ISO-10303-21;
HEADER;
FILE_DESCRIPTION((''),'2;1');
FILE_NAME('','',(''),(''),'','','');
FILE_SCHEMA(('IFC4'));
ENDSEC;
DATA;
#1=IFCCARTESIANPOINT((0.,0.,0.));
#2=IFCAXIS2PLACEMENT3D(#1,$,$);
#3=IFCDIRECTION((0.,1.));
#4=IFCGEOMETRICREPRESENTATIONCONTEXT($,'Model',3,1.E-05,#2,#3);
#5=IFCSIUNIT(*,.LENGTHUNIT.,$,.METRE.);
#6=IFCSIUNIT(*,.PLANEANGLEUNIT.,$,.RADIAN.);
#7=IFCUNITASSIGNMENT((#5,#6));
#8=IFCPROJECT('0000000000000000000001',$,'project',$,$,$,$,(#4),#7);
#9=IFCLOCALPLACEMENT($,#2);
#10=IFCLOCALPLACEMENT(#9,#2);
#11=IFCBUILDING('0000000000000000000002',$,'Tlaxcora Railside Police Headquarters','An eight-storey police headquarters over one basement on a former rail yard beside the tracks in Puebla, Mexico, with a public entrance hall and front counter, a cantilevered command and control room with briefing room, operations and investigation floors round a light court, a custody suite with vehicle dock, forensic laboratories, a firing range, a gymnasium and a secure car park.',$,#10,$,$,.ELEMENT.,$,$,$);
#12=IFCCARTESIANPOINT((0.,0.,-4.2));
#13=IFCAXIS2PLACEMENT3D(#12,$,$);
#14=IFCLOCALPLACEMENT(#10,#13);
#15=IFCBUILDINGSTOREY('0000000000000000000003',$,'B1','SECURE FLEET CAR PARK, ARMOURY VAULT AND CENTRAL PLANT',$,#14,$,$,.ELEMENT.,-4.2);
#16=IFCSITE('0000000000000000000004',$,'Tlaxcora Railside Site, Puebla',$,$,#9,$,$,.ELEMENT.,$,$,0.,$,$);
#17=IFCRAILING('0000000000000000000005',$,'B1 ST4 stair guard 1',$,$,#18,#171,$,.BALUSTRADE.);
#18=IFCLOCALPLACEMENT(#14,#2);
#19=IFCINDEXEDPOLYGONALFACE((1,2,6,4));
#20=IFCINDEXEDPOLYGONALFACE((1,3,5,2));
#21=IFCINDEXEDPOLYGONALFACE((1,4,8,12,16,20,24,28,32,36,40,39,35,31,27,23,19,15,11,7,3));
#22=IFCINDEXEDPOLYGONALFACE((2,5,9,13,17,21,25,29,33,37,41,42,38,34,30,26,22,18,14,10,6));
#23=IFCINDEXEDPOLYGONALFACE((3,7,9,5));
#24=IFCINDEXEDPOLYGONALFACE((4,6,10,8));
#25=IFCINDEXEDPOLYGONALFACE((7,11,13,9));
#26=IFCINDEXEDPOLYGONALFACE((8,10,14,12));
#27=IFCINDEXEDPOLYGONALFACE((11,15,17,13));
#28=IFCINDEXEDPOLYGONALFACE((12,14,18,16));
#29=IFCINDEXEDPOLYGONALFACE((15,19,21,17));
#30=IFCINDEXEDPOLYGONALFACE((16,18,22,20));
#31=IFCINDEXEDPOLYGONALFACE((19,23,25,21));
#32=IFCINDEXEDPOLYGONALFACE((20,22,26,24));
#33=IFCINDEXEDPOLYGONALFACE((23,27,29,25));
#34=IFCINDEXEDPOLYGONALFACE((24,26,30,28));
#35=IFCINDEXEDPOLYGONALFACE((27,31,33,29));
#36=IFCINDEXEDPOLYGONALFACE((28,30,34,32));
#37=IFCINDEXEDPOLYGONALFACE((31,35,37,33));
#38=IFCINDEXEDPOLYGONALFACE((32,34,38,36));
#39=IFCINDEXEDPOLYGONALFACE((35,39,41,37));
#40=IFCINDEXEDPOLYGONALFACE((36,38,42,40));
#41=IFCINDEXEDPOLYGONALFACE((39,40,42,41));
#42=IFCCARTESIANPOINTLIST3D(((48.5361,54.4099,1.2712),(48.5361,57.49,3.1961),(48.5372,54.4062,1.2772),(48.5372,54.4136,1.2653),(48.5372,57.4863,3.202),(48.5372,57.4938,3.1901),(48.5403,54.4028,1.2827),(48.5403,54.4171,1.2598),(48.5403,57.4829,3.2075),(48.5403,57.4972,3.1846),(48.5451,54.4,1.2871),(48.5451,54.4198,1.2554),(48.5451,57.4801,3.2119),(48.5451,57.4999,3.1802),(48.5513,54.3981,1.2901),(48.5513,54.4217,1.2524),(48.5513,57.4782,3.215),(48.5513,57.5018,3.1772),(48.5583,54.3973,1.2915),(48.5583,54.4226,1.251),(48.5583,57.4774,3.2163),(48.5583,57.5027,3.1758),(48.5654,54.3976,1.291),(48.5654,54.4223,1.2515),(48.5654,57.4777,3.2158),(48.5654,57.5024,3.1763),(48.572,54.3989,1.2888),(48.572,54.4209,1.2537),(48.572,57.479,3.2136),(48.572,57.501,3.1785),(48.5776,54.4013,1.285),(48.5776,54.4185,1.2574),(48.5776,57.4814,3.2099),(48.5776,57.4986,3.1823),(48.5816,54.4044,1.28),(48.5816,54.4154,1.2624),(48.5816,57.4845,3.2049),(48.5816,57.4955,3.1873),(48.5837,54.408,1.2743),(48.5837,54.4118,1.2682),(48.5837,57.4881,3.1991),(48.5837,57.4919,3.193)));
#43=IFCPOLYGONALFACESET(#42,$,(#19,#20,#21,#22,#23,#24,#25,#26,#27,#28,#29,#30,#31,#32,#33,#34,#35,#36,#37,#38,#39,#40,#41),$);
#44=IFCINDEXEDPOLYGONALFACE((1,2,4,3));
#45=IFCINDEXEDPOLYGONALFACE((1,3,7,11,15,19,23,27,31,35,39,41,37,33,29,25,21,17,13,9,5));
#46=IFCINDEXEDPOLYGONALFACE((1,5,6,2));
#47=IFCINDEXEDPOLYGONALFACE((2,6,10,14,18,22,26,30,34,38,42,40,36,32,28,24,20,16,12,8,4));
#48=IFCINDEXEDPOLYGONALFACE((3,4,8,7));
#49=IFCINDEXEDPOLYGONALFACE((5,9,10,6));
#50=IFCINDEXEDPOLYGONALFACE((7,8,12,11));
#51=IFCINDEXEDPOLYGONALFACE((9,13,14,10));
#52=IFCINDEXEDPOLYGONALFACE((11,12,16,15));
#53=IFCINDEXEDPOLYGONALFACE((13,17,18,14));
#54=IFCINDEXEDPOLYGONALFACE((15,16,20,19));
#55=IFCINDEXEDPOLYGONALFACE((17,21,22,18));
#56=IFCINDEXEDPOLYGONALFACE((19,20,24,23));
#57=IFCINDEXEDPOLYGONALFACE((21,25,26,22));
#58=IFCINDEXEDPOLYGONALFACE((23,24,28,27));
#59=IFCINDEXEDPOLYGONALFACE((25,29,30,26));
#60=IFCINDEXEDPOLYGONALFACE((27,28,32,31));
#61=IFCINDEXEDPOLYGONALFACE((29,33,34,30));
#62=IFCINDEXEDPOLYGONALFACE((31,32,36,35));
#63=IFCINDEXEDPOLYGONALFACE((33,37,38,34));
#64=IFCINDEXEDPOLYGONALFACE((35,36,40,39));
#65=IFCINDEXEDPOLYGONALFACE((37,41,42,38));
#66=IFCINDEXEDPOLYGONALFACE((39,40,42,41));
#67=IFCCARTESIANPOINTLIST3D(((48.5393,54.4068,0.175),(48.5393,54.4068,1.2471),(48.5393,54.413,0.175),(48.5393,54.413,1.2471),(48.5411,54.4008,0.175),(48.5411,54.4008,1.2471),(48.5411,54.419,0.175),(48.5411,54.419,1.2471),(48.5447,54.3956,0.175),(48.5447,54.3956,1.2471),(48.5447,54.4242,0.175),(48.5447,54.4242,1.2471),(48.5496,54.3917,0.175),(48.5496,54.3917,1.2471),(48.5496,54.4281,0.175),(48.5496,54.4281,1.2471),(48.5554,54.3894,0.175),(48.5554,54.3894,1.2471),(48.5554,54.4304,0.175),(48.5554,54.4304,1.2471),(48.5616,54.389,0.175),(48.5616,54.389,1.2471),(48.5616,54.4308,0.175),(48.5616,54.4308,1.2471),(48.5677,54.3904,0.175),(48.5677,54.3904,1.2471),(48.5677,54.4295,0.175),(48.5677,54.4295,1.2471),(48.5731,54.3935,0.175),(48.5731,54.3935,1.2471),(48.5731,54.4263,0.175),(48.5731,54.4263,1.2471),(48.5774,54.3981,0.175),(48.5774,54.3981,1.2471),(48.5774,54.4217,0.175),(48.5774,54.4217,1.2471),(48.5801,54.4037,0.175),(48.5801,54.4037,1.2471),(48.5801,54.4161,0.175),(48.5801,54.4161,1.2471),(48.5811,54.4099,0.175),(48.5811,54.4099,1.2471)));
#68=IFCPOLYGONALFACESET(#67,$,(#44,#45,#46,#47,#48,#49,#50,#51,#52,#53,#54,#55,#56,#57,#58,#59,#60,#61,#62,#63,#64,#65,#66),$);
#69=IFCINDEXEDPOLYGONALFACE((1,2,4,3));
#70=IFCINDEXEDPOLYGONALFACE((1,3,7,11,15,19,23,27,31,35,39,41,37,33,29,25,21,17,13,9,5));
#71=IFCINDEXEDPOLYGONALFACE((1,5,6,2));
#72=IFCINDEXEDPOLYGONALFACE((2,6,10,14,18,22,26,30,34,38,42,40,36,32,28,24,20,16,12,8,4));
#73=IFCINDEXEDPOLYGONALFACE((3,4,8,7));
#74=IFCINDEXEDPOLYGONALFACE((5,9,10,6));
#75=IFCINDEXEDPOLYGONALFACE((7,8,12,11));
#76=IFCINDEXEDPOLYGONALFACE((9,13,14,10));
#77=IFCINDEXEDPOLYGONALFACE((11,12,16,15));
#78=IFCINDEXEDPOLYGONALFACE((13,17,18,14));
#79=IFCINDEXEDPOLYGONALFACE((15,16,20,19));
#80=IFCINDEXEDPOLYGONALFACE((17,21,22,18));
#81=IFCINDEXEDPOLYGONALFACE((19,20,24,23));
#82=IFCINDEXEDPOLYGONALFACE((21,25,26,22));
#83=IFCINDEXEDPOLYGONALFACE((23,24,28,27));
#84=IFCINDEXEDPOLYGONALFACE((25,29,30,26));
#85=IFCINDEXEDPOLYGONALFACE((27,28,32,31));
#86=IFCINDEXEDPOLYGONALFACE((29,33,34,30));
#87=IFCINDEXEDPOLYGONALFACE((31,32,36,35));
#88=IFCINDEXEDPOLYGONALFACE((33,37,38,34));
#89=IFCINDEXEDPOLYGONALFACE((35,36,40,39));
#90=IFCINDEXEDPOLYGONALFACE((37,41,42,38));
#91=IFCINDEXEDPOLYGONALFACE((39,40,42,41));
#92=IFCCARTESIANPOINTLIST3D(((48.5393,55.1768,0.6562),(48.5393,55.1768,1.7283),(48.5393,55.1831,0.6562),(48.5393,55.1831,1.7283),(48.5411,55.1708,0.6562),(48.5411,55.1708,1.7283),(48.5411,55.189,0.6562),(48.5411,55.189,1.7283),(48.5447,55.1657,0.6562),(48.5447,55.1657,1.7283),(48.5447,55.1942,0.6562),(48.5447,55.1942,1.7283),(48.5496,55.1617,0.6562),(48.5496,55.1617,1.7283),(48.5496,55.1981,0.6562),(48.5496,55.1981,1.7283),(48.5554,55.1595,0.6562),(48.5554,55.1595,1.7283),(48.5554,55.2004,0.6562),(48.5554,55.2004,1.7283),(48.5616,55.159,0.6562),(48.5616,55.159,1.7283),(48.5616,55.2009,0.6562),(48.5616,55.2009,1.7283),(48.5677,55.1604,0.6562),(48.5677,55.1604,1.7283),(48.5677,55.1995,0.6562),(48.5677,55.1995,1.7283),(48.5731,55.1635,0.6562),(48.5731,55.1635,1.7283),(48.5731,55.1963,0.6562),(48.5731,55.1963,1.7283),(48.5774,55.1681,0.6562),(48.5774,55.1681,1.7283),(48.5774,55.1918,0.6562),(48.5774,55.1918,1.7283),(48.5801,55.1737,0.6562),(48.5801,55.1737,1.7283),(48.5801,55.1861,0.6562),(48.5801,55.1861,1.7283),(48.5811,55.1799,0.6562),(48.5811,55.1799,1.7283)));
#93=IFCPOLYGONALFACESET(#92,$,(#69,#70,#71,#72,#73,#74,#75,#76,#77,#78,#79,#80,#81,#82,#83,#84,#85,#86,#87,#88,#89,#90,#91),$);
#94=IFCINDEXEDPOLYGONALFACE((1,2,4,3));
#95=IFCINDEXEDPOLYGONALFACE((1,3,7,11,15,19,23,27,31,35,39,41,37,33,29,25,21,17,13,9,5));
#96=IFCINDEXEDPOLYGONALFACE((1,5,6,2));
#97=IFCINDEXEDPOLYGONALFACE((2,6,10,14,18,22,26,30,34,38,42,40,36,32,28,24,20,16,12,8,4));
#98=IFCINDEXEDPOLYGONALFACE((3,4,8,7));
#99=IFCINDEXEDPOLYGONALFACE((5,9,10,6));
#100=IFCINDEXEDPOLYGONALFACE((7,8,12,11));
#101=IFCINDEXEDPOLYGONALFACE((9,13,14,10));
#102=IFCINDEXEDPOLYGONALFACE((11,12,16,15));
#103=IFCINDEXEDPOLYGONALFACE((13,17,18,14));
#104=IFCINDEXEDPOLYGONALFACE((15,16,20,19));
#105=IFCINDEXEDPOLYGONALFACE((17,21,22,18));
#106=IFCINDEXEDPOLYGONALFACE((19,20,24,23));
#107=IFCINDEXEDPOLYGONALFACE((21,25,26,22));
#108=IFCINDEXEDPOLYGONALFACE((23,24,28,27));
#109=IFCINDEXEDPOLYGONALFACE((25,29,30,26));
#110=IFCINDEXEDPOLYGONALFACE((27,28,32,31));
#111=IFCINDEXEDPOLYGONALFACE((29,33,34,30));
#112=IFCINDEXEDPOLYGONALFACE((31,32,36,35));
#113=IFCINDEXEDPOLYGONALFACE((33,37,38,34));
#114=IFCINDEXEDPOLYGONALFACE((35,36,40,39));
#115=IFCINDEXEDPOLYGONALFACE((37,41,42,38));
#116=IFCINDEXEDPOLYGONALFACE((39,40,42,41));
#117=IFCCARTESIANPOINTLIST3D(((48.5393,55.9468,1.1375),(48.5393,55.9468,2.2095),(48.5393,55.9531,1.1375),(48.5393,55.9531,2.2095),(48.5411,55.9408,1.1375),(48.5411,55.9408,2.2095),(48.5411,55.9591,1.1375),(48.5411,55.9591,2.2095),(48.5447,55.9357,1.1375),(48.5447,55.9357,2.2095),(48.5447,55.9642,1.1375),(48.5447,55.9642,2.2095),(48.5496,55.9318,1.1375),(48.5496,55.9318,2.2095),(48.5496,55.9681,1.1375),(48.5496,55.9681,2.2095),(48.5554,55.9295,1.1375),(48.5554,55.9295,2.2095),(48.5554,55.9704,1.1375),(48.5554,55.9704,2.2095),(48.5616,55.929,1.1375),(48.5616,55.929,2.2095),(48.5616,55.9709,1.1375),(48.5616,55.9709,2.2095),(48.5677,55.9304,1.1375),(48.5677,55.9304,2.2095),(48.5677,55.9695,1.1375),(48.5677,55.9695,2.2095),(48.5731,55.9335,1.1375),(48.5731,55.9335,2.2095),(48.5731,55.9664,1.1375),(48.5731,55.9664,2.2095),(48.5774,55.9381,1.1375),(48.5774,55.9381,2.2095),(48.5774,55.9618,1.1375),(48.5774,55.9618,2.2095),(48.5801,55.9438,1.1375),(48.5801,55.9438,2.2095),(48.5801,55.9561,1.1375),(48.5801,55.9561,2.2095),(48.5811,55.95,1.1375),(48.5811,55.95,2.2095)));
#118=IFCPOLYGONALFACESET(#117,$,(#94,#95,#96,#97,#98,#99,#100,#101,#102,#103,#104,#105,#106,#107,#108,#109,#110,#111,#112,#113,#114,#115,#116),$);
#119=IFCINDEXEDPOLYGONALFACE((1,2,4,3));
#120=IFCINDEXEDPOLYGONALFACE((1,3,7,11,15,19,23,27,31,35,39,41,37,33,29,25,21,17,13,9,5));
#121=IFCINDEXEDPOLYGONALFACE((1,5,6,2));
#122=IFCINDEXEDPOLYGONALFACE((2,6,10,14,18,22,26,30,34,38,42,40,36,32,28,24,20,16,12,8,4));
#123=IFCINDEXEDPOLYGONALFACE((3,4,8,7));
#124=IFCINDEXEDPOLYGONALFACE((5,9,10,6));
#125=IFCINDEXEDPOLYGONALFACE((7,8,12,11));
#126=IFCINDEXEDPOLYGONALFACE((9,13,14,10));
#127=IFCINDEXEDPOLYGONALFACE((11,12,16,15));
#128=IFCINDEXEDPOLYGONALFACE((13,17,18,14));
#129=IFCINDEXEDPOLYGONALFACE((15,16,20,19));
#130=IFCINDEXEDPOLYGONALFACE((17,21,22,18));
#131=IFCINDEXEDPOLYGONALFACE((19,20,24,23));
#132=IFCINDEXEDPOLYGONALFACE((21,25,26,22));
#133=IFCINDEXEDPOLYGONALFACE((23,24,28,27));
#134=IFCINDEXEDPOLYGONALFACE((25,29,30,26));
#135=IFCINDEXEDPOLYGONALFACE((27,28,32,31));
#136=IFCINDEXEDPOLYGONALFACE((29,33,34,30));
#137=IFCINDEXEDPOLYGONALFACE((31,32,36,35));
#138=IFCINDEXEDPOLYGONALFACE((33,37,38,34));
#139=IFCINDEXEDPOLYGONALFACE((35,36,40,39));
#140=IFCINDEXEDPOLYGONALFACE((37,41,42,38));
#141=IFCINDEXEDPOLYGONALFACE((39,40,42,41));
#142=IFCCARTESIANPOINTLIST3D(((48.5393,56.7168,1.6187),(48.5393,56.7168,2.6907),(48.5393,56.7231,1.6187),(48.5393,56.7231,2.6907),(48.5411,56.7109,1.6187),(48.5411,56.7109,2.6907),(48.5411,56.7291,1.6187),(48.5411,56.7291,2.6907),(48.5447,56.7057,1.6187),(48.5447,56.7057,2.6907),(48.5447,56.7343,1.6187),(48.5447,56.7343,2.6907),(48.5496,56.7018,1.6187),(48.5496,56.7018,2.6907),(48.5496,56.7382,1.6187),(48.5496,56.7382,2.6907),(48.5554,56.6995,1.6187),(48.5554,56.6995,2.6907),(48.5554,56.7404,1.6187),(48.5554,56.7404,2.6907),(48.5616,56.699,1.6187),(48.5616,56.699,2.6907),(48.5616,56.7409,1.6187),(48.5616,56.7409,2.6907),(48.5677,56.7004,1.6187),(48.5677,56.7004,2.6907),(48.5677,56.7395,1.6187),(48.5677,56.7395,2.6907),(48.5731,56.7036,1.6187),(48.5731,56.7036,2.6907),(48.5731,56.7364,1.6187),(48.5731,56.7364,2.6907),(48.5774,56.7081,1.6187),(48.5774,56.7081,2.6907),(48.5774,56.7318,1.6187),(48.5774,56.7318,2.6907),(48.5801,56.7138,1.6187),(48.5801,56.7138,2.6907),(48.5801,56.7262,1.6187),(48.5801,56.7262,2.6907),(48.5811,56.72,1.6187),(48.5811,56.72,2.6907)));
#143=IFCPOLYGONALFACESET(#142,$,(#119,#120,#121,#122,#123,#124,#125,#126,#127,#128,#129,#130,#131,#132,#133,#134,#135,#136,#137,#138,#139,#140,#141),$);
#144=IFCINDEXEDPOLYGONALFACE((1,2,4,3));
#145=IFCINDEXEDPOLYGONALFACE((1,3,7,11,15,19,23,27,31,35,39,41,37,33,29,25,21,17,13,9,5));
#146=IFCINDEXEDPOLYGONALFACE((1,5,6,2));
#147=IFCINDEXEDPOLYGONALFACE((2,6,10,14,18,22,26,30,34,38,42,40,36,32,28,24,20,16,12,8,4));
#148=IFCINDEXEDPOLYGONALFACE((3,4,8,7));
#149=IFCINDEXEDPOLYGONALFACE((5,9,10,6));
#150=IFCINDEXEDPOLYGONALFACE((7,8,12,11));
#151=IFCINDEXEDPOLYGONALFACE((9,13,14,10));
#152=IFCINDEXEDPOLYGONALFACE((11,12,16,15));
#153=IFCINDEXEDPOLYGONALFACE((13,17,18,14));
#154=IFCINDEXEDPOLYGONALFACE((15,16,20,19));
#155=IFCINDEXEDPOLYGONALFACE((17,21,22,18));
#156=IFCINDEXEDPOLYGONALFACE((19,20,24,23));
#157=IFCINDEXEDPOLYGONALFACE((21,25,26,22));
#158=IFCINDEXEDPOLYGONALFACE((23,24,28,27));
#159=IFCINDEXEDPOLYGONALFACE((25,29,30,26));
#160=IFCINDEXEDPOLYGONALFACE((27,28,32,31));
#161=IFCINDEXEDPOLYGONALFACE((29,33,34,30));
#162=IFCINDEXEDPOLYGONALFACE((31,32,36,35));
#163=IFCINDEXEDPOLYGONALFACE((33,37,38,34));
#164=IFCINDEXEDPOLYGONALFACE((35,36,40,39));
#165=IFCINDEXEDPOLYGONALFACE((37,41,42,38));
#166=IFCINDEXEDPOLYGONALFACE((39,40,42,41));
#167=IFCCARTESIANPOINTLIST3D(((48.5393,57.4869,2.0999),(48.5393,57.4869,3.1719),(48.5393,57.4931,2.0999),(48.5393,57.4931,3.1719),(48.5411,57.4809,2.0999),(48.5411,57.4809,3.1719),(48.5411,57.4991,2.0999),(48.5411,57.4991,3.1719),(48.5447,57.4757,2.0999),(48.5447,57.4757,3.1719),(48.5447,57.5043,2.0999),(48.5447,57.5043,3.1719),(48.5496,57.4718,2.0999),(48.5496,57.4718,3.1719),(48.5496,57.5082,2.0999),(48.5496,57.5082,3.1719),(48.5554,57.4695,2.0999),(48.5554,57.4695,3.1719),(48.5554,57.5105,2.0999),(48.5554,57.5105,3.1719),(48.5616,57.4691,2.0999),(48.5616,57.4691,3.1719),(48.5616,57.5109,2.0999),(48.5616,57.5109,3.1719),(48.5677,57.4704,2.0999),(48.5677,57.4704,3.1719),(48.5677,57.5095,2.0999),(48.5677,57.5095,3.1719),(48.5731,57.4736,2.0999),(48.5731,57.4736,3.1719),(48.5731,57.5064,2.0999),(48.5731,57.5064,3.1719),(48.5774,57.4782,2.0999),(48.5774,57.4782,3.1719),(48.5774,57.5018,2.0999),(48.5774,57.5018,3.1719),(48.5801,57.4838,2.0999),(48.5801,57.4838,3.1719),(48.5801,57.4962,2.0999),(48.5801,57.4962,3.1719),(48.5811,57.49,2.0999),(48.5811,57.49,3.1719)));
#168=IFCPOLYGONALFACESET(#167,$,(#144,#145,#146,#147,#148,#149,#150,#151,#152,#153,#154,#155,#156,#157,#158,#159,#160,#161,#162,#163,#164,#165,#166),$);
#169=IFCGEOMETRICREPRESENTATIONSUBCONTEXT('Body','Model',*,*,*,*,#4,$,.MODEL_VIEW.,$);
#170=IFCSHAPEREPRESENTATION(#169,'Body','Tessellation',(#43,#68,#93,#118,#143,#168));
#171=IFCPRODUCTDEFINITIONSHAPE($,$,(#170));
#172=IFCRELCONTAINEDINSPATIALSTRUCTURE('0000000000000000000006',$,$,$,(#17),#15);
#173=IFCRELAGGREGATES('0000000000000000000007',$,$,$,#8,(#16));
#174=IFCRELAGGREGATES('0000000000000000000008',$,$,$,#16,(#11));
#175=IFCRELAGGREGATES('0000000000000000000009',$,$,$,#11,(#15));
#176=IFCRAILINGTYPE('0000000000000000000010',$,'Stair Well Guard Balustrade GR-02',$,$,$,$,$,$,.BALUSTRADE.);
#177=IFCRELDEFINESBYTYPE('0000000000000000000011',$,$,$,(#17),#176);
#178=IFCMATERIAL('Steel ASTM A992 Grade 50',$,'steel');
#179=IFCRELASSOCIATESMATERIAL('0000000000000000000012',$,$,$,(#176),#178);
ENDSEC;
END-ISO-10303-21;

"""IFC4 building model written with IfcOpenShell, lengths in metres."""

from ifc_helpers import new_model, si_unit, direction, frame, origin, origin_2d, place, context, subcontext, project, spatial, circle, extrude, material, type_object, element, save


model = new_model("IFC4")

# Units and contexts
model_context = context("Model", 3, precision=1e-05, world=origin(), true_north=direction((0.0, 1.0)))
body_context = subcontext(model_context, "Body", "Model", "MODEL_VIEW")
ifc_project = project(units=[si_unit("LENGTHUNIT", "METRE"), si_unit("PLANEANGLEUNIT", "RADIAN")], contexts=[model_context])

# Site, building, storey
site_placement = place(None, origin())
site = spatial("IfcSite", under=ifc_project, at=site_placement, Name="Tlaxcora Railside Site, Puebla", CompositionType="ELEMENT", RefElevation=0.0)
building_placement = place(site_placement, origin())
building = spatial("IfcBuilding", under=site, at=building_placement, Name="Tlaxcora Railside Police Headquarters", Description="An eight-storey police headquarters over one basement on a former rail yard beside the tracks in Puebla, Mexico, with a public entrance hall and front counter, a cantilevered command and control room with briefing room, operations and investigation floors round a light court, a custody suite with vehicle dock, forensic laboratories, a firing range, a gymnasium and a secure car park.", CompositionType="ELEMENT")
storey_placement = place(building_placement, frame((0.0, 0.0, -4.2)))
storey = spatial("IfcBuildingStorey", under=building, at=storey_placement, Name="B1", Description="SECURE FLEET CAR PARK, ARMOURY VAULT AND CENTRAL PLANT", CompositionType="ELEMENT", Elevation=-4.2)

# Shared definitions
ifc_material_1 = material(Name="Steel ASTM A992 Grade 50", Category="steel")

# Railing
railing_type = type_object("IfcRailingType", Name="Stair Well Guard Balustrade GR-02", PredefinedType="BALUSTRADE", material=ifc_material_1)
railing_1_placement = place(storey_placement, frame((48.5601, 54.4099, 0.175)))
element("IfcRailing", 1, at=railing_1_placement, inside=storey, type_object=railing_type, Name="B1 ST4 stair guard 1", PredefinedType="BALUSTRADE", context=body_context, shape_type="SweptSolid", body=[
    extrude(circle(Radius=0.0239, at=origin_2d()), frame((0.0, 0.0, 1.0962), z_axis=(0.0, 0.848029, 0.529951), x_axis=(-1.0, 0.0, 0.0)), (0.0, 0.0, 1.0), 3.6321),
    extrude(circle(Radius=0.021, at=origin_2d()), origin(), (0.0, 0.0, 1.0), 1.072),
    extrude(circle(Radius=0.021, at=origin_2d()), frame((0.0, 0.77, 0.4812)), (0.0, 0.0, 1.0), 1.072),
    extrude(circle(Radius=0.021, at=origin_2d()), frame((0.0, 1.54, 0.9624)), (0.0, 0.0, 1.0), 1.072),
    extrude(circle(Radius=0.021, at=origin_2d()), frame((0.0, 2.3101, 1.4436)), (0.0, 0.0, 1.0), 1.072),
    extrude(circle(Radius=0.021, at=origin_2d()), frame((0.0, 3.0801, 1.9248)), (0.0, 0.0, 1.0), 1.072),
])

save(model, "model.ifc")
